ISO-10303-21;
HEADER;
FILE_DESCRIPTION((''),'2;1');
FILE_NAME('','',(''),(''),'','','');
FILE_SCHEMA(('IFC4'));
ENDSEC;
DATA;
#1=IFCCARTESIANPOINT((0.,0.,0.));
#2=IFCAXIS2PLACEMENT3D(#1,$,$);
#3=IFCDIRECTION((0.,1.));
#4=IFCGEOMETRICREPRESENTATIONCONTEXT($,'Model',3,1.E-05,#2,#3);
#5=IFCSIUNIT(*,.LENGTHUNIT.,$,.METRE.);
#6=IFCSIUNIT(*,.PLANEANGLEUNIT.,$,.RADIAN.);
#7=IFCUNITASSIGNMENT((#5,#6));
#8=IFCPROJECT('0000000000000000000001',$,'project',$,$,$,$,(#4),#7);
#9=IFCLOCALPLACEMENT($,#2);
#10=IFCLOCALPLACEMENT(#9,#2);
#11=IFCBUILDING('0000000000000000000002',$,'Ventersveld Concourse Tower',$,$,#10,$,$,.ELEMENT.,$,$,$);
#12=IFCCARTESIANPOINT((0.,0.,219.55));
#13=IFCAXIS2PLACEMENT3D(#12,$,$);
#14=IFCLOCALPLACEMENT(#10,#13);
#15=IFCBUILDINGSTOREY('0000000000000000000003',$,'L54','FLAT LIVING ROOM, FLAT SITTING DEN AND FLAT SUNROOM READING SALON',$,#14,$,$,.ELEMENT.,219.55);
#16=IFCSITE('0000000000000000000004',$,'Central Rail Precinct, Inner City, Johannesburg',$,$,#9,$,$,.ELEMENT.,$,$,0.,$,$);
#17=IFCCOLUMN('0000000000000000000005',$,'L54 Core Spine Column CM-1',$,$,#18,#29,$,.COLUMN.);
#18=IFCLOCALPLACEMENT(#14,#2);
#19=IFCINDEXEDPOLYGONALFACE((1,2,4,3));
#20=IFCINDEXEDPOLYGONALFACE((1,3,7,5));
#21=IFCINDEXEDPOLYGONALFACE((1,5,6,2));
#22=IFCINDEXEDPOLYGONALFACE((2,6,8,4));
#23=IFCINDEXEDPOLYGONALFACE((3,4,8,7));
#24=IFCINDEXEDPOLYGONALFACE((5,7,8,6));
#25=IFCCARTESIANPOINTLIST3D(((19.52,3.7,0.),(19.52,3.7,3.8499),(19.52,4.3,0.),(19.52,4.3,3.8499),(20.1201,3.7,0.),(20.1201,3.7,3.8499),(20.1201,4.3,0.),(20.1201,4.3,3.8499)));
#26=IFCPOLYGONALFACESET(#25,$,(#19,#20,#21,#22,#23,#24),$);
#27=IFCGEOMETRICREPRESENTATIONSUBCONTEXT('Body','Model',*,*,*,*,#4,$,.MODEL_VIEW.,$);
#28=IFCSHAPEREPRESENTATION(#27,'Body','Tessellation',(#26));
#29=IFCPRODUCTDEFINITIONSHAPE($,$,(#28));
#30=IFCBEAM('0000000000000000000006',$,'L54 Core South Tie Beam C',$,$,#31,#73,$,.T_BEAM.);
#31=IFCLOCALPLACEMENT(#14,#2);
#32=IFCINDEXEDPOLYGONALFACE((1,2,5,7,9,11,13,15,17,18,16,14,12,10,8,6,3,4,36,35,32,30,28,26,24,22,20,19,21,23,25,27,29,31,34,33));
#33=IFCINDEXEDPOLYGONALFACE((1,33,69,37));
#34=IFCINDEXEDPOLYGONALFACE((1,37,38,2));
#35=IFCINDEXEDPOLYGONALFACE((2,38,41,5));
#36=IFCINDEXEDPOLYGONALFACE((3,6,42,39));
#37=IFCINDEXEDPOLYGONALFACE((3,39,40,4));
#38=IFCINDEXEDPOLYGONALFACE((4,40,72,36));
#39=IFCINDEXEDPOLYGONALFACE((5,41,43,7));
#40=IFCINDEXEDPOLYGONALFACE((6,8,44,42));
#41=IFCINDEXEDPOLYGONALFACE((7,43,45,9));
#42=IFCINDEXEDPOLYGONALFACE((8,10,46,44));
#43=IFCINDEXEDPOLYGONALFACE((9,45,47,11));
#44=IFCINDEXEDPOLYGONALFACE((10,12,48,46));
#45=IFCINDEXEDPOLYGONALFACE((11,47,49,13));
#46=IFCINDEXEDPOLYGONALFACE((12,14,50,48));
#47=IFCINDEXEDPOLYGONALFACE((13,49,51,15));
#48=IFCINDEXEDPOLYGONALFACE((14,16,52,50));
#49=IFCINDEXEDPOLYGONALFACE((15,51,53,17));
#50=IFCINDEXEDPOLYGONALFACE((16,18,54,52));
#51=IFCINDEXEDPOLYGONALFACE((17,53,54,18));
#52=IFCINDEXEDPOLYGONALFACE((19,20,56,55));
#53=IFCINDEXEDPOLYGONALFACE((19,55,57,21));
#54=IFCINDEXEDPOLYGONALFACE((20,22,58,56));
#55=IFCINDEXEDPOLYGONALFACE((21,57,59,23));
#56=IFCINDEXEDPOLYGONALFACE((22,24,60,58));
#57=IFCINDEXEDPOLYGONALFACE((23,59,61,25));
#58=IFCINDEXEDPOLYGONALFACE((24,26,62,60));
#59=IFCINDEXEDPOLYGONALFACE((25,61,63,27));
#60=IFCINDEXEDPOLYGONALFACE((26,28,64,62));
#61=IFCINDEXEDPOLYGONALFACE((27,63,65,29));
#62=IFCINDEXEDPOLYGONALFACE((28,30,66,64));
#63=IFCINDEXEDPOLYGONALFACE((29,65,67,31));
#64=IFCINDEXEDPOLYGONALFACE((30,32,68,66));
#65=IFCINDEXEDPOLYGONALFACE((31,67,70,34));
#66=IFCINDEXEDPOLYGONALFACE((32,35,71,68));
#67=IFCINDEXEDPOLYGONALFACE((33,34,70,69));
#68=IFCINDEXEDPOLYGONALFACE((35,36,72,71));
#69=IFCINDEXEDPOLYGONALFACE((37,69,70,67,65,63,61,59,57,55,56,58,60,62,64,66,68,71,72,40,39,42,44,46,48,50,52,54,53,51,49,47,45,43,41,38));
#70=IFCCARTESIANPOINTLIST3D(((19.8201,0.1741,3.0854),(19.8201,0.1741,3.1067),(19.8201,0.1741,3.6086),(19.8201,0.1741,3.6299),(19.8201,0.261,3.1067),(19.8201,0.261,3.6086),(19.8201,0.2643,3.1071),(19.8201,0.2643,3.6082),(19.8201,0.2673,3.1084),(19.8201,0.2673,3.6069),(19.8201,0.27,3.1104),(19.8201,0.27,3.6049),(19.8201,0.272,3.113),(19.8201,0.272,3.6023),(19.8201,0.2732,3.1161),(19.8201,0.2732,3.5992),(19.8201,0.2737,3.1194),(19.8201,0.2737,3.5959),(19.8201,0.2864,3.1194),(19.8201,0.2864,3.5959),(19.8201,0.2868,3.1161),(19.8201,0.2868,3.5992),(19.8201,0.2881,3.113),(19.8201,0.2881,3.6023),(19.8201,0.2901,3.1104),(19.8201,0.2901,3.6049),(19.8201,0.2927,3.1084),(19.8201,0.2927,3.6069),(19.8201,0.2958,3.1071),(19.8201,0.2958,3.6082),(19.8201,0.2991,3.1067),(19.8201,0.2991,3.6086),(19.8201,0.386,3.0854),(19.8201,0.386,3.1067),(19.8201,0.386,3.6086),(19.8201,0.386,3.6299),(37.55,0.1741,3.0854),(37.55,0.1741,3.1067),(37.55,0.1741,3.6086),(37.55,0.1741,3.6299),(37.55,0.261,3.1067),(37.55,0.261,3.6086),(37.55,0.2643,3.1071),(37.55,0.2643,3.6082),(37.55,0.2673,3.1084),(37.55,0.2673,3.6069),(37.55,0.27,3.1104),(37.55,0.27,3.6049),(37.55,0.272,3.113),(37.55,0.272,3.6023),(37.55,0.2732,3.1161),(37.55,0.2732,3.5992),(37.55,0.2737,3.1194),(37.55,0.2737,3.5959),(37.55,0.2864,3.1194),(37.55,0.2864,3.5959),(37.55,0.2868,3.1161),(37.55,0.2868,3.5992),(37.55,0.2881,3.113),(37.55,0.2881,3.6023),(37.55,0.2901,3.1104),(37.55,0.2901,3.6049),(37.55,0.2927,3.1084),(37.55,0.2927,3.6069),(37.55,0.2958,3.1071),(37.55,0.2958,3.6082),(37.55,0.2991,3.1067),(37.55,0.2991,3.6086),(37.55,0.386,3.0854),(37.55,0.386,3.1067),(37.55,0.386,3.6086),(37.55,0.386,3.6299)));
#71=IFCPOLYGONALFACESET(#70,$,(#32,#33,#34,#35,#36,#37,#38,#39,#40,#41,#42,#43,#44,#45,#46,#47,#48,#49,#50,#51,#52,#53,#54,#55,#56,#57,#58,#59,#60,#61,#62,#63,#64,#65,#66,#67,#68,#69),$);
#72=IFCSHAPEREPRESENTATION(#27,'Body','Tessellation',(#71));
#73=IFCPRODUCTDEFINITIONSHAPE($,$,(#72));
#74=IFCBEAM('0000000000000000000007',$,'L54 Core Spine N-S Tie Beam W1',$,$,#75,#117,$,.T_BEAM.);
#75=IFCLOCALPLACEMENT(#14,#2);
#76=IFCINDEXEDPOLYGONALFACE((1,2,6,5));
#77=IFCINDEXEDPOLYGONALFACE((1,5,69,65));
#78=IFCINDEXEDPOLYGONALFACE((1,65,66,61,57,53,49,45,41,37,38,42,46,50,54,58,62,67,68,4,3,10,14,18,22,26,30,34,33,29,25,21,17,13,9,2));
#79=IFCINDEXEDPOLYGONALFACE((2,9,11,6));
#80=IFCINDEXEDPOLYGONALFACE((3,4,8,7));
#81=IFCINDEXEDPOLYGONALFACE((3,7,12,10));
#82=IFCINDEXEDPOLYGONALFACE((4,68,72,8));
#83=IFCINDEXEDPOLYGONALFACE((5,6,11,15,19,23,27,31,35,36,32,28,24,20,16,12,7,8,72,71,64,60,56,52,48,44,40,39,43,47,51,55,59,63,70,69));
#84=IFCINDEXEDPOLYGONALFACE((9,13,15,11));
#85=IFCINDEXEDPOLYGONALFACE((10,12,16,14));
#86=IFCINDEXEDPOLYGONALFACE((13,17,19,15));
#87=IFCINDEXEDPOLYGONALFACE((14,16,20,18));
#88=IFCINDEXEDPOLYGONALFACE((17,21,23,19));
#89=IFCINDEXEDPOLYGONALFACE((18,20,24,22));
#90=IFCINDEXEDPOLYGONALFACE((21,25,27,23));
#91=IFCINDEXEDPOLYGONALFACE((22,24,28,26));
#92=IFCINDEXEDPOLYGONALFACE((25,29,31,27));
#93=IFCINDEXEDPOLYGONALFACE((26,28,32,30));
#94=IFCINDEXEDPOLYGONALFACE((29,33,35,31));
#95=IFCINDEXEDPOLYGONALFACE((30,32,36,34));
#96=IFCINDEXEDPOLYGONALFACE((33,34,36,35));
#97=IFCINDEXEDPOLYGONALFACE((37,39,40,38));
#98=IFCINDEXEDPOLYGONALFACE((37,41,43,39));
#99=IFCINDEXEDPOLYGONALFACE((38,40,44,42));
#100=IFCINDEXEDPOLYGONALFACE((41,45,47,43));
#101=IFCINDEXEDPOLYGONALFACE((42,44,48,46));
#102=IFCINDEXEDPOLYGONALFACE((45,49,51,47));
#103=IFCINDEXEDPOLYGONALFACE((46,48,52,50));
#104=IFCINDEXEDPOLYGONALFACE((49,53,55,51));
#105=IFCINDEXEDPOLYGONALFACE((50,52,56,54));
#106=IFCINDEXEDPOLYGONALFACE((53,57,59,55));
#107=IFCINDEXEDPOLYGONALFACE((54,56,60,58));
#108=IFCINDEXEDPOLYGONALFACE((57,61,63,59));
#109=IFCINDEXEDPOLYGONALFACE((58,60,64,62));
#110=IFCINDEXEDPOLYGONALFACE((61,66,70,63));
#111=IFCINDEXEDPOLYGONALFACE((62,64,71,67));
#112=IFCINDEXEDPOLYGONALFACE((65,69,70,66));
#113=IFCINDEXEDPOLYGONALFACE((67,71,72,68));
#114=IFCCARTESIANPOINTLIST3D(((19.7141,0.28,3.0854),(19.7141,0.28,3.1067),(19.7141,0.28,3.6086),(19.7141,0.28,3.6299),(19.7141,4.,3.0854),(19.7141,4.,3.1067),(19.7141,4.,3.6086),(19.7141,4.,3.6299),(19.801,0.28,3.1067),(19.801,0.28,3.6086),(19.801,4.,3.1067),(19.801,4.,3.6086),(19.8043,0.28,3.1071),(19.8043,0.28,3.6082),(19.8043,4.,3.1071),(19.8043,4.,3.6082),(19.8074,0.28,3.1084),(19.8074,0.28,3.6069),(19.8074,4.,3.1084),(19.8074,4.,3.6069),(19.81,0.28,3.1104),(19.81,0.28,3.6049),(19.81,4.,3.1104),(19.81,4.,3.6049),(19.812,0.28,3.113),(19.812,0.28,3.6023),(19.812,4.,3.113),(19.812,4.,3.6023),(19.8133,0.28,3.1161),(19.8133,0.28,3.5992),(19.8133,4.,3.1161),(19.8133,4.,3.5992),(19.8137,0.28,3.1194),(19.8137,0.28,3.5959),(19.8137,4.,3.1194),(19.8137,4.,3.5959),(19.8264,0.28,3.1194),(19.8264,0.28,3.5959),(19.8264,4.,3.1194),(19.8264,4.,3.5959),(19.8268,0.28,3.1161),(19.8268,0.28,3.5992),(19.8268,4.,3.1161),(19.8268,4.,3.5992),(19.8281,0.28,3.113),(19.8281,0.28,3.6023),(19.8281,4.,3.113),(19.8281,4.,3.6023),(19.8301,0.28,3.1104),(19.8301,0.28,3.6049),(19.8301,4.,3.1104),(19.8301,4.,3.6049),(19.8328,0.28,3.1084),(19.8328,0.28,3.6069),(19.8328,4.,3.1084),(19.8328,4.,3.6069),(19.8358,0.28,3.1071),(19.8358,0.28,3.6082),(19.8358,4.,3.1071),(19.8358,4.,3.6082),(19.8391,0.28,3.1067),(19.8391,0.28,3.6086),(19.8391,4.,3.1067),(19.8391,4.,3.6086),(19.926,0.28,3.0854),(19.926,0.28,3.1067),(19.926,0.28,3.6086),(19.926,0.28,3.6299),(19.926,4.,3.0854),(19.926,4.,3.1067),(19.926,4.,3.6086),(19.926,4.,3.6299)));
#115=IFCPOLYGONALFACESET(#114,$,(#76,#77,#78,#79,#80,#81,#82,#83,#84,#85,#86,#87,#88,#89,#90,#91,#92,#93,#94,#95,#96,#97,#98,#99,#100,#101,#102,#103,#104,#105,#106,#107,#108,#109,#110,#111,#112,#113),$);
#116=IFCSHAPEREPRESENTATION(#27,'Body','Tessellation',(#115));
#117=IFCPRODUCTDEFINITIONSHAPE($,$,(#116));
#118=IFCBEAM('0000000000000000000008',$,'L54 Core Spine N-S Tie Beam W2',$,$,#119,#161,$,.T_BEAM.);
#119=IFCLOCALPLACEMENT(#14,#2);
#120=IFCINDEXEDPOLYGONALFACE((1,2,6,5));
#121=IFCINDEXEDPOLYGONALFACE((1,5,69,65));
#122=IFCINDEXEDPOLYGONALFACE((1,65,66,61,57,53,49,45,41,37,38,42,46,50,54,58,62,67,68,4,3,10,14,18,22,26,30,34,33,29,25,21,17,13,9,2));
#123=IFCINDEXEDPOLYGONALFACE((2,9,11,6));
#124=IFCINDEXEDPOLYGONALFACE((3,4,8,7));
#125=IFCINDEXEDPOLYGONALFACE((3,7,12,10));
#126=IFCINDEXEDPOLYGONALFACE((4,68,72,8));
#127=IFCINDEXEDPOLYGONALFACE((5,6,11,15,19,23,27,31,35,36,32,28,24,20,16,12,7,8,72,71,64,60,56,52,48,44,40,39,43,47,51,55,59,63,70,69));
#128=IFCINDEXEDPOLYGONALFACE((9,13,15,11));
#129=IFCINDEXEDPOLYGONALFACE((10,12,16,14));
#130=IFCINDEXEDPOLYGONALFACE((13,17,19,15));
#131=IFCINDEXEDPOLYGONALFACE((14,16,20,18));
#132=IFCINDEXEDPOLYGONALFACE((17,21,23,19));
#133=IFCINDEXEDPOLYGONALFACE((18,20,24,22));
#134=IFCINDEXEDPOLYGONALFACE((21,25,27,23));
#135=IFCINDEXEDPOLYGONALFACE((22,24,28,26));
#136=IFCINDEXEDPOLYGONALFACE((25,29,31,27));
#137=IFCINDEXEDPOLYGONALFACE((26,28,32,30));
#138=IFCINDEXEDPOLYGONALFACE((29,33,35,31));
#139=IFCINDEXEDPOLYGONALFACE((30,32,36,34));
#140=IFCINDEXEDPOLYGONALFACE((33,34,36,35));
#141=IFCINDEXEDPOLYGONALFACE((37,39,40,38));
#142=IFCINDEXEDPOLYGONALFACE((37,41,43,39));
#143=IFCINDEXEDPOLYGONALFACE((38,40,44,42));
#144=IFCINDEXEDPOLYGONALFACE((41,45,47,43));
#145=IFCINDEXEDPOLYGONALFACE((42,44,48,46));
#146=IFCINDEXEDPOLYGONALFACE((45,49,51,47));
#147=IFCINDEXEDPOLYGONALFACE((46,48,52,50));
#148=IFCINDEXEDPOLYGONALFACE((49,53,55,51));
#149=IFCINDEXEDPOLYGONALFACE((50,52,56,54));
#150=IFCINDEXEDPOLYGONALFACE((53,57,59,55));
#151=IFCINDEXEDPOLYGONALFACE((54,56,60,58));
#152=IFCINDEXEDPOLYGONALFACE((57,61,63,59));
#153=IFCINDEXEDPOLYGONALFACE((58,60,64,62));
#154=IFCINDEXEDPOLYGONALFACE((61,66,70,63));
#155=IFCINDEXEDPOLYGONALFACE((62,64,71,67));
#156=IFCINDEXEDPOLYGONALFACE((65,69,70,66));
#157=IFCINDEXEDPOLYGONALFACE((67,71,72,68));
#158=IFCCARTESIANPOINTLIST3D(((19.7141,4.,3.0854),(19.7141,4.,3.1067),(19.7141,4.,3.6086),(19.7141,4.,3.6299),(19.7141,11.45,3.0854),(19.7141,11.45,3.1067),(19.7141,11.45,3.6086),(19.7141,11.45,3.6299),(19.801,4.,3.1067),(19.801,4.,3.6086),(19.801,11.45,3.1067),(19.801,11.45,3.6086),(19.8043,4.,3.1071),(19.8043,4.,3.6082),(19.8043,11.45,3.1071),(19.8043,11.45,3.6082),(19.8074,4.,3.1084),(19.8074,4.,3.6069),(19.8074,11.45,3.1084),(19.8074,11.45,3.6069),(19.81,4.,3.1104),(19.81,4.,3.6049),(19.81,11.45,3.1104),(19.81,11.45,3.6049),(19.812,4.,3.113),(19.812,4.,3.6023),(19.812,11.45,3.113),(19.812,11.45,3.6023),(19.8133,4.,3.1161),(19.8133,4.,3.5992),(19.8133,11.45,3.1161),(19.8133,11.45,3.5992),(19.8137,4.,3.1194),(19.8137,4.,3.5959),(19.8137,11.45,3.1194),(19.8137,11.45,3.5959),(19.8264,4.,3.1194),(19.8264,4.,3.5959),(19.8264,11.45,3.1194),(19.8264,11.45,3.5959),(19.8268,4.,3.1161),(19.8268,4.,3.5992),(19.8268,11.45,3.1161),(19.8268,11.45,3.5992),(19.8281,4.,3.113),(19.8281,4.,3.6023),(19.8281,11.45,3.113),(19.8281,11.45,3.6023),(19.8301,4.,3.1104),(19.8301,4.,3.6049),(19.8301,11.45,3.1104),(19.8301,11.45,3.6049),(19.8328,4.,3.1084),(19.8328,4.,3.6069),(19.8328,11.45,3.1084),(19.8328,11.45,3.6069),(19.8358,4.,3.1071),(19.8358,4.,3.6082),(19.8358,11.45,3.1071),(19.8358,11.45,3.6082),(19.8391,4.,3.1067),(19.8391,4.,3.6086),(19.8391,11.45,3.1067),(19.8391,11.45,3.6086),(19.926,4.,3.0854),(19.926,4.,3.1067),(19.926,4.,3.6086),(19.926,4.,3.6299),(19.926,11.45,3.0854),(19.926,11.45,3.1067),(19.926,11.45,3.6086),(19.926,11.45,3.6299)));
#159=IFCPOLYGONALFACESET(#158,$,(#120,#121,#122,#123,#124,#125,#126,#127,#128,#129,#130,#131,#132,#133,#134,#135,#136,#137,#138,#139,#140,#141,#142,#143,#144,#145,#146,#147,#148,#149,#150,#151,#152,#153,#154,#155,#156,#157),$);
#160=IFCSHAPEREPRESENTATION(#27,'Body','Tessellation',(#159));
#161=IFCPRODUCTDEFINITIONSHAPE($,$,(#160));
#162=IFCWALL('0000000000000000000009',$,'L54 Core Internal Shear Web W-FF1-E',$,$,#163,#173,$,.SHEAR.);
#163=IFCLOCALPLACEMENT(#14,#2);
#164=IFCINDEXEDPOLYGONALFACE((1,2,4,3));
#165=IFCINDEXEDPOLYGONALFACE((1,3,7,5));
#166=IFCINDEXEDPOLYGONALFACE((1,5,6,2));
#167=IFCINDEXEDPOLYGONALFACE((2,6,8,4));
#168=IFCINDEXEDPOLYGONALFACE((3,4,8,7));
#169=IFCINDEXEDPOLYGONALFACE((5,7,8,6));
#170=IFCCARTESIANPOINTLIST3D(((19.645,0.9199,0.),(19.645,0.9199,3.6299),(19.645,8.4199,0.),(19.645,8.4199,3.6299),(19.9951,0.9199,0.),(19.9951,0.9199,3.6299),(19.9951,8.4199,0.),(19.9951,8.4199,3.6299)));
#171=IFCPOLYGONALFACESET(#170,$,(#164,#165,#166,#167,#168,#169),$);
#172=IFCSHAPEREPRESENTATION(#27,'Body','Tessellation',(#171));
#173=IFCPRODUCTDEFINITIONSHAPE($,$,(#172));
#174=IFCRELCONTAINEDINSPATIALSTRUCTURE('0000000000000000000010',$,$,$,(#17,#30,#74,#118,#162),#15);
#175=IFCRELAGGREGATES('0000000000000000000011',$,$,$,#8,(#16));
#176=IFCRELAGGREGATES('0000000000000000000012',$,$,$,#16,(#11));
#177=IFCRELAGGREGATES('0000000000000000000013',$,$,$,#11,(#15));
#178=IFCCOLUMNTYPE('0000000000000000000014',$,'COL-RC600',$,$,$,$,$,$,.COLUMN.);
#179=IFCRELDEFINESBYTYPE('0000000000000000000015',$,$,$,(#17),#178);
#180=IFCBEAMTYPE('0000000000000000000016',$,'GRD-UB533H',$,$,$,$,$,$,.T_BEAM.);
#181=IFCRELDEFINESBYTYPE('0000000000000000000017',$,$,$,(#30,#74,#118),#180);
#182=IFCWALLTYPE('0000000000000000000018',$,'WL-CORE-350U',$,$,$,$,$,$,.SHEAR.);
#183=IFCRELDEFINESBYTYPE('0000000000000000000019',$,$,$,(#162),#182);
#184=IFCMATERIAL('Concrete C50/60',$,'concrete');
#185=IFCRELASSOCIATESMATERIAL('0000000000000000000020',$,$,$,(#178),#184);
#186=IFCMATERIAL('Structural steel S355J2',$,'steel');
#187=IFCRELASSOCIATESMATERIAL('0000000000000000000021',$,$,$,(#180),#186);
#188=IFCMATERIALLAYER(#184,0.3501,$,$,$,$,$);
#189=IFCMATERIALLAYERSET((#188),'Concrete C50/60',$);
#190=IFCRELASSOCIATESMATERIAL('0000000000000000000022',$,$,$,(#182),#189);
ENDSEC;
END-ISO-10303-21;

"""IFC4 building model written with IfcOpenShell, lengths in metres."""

from ifc_helpers import new_model, si_unit, direction, frame, frame_2d, origin, origin_2d, place, context, subcontext, project, spatial, rectangle, i_section, extrude, material, layer, layer_set, material_profile, profile_set, type_object, element, save


model = new_model("IFC4")

# Units and contexts
model_context = context("Model", 3, precision=1e-05, world=origin(), true_north=direction((0.0, 1.0)))
body_context = subcontext(model_context, "Body", "Model", "MODEL_VIEW")
ifc_project = project(units=[si_unit("LENGTHUNIT", "METRE"), si_unit("PLANEANGLEUNIT", "RADIAN")], contexts=[model_context])

# Site, building, storey
site_placement = place(None, origin())
site = spatial("IfcSite", under=ifc_project, at=site_placement, Name="Central Rail Precinct, Inner City, Johannesburg", CompositionType="ELEMENT", RefElevation=0.0)
building_placement = place(site_placement, origin())
building = spatial("IfcBuilding", under=site, at=building_placement, Name="Ventersveld Concourse Tower", CompositionType="ELEMENT")
storey_placement = place(building_placement, frame((0.0, 0.0, 219.55)))
storey = spatial("IfcBuildingStorey", under=building, at=storey_placement, Name="L54", Description="FLAT LIVING ROOM, FLAT SITTING DEN AND FLAT SUNROOM READING SALON", CompositionType="ELEMENT", Elevation=219.55)

# Column
ifc_material_1 = material(Name="Concrete C50/60", Category="concrete")
ifc_material_profile_1 = material_profile(ifc_material_1, rectangle(XDim=0.6001, YDim=0.6001, at=origin_2d()), Name="RC 600x600")
ifc_profile_set_1 = profile_set([ifc_material_profile_1], Name="Concrete C50/60")
column_type = type_object("IfcColumnType", Name="COL-RC600", PredefinedType="COLUMN", material=ifc_profile_set_1)
column_placement = place(storey_placement, frame((19.8201, 4.0, 0.0), z_axis=(0.0, 0.0, 1.0), x_axis=(1.0, 0.0, 0.0)))
element("IfcColumn", 1, at=column_placement, inside=storey, type_object=column_type, Name="L54 Core Spine Column CM-1", PredefinedType="COLUMN", context=body_context, shape_type="SweptSolid", body=[
    extrude(rectangle(XDim=0.6001, YDim=0.6001, at=origin_2d()), origin(), (0.0, 0.0, 1.0), 3.8499),
])

# Beams
ifc_material_2 = material(Name="Structural steel S355J2", Category="steel")
ifc_material_profile_2 = material_profile(ifc_material_2, i_section(OverallWidth=0.2119, OverallDepth=0.5444, WebThickness=0.0127, FlangeThickness=0.0212, FilletRadius=0.0127, at=origin_2d()), Name="UB 533x210x122")
ifc_profile_set_2 = profile_set([ifc_material_profile_2], Name="Structural steel S355J2")
beam_type = type_object("IfcBeamType", Name="GRD-UB533H", PredefinedType="T_BEAM", material=ifc_profile_set_2)
beam_1_placement = place(storey_placement, frame((19.8201, 0.28, 3.3577), z_axis=(1.0, 0.0, 0.0), x_axis=(0.0, 1.0, 0.0)))
element("IfcBeam", 2, at=beam_1_placement, inside=storey, type_object=beam_type, Name="L54 Core South Tie Beam C", PredefinedType="T_BEAM", context=body_context, shape_type="SweptSolid", body=[
    extrude(i_section(OverallWidth=0.2119, OverallDepth=0.5444, WebThickness=0.0127, FlangeThickness=0.0212, FilletRadius=0.0127, at=origin_2d()), origin(), (0.0, 0.0, 1.0), 17.73),
])
beam_2_placement = place(storey_placement, frame((19.8201, 0.28, 3.3577), z_axis=(0.0, 1.0, 0.0), x_axis=(-1.0, 0.0, 0.0)))
element("IfcBeam", 3, at=beam_2_placement, inside=storey, type_object=beam_type, Name="L54 Core Spine N-S Tie Beam W1", PredefinedType="T_BEAM", context=body_context, shape_type="SweptSolid", body=[
    extrude(i_section(OverallWidth=0.2119, OverallDepth=0.5444, WebThickness=0.0127, FlangeThickness=0.0212, FilletRadius=0.0127, at=origin_2d()), origin(), (0.0, 0.0, 1.0), 3.72),
])
beam_3_placement = place(storey_placement, frame((19.8201, 4.0, 3.3577), z_axis=(0.0, 1.0, 0.0), x_axis=(-1.0, 0.0, 0.0)))
element("IfcBeam", 4, at=beam_3_placement, inside=storey, type_object=beam_type, Name="L54 Core Spine N-S Tie Beam W2", PredefinedType="T_BEAM", context=body_context, shape_type="SweptSolid", body=[
    extrude(i_section(OverallWidth=0.2119, OverallDepth=0.5444, WebThickness=0.0127, FlangeThickness=0.0212, FilletRadius=0.0127, at=origin_2d()), origin(), (0.0, 0.0, 1.0), 7.45),
])

# Wall
ifc_layer_1 = layer(ifc_material_1, 0.3501)
ifc_layer_set_1 = layer_set([ifc_layer_1], Name="Concrete C50/60")
wall_type_1 = type_object("IfcWallType", Name="WL-CORE-350U", PredefinedType="SHEAR", material=ifc_layer_set_1)
wall_1_placement = place(storey_placement, frame((19.8201, 0.9199, 0.0), z_axis=(0.0, 0.0, 1.0), x_axis=(0.0, 1.0, 0.0)))
element("IfcWall", 5, at=wall_1_placement, inside=storey, type_object=wall_type_1, Name="L54 Core Internal Shear Web W-FF1-E", PredefinedType="SHEAR", context=body_context, shape_type="SweptSolid", body=[
    extrude(rectangle(XDim=7.5, YDim=0.3501, at=frame_2d((3.75, 0.0))), origin(), (0.0, 0.0, 1.0), 3.6299),
])

save(model, "model.ifc")
